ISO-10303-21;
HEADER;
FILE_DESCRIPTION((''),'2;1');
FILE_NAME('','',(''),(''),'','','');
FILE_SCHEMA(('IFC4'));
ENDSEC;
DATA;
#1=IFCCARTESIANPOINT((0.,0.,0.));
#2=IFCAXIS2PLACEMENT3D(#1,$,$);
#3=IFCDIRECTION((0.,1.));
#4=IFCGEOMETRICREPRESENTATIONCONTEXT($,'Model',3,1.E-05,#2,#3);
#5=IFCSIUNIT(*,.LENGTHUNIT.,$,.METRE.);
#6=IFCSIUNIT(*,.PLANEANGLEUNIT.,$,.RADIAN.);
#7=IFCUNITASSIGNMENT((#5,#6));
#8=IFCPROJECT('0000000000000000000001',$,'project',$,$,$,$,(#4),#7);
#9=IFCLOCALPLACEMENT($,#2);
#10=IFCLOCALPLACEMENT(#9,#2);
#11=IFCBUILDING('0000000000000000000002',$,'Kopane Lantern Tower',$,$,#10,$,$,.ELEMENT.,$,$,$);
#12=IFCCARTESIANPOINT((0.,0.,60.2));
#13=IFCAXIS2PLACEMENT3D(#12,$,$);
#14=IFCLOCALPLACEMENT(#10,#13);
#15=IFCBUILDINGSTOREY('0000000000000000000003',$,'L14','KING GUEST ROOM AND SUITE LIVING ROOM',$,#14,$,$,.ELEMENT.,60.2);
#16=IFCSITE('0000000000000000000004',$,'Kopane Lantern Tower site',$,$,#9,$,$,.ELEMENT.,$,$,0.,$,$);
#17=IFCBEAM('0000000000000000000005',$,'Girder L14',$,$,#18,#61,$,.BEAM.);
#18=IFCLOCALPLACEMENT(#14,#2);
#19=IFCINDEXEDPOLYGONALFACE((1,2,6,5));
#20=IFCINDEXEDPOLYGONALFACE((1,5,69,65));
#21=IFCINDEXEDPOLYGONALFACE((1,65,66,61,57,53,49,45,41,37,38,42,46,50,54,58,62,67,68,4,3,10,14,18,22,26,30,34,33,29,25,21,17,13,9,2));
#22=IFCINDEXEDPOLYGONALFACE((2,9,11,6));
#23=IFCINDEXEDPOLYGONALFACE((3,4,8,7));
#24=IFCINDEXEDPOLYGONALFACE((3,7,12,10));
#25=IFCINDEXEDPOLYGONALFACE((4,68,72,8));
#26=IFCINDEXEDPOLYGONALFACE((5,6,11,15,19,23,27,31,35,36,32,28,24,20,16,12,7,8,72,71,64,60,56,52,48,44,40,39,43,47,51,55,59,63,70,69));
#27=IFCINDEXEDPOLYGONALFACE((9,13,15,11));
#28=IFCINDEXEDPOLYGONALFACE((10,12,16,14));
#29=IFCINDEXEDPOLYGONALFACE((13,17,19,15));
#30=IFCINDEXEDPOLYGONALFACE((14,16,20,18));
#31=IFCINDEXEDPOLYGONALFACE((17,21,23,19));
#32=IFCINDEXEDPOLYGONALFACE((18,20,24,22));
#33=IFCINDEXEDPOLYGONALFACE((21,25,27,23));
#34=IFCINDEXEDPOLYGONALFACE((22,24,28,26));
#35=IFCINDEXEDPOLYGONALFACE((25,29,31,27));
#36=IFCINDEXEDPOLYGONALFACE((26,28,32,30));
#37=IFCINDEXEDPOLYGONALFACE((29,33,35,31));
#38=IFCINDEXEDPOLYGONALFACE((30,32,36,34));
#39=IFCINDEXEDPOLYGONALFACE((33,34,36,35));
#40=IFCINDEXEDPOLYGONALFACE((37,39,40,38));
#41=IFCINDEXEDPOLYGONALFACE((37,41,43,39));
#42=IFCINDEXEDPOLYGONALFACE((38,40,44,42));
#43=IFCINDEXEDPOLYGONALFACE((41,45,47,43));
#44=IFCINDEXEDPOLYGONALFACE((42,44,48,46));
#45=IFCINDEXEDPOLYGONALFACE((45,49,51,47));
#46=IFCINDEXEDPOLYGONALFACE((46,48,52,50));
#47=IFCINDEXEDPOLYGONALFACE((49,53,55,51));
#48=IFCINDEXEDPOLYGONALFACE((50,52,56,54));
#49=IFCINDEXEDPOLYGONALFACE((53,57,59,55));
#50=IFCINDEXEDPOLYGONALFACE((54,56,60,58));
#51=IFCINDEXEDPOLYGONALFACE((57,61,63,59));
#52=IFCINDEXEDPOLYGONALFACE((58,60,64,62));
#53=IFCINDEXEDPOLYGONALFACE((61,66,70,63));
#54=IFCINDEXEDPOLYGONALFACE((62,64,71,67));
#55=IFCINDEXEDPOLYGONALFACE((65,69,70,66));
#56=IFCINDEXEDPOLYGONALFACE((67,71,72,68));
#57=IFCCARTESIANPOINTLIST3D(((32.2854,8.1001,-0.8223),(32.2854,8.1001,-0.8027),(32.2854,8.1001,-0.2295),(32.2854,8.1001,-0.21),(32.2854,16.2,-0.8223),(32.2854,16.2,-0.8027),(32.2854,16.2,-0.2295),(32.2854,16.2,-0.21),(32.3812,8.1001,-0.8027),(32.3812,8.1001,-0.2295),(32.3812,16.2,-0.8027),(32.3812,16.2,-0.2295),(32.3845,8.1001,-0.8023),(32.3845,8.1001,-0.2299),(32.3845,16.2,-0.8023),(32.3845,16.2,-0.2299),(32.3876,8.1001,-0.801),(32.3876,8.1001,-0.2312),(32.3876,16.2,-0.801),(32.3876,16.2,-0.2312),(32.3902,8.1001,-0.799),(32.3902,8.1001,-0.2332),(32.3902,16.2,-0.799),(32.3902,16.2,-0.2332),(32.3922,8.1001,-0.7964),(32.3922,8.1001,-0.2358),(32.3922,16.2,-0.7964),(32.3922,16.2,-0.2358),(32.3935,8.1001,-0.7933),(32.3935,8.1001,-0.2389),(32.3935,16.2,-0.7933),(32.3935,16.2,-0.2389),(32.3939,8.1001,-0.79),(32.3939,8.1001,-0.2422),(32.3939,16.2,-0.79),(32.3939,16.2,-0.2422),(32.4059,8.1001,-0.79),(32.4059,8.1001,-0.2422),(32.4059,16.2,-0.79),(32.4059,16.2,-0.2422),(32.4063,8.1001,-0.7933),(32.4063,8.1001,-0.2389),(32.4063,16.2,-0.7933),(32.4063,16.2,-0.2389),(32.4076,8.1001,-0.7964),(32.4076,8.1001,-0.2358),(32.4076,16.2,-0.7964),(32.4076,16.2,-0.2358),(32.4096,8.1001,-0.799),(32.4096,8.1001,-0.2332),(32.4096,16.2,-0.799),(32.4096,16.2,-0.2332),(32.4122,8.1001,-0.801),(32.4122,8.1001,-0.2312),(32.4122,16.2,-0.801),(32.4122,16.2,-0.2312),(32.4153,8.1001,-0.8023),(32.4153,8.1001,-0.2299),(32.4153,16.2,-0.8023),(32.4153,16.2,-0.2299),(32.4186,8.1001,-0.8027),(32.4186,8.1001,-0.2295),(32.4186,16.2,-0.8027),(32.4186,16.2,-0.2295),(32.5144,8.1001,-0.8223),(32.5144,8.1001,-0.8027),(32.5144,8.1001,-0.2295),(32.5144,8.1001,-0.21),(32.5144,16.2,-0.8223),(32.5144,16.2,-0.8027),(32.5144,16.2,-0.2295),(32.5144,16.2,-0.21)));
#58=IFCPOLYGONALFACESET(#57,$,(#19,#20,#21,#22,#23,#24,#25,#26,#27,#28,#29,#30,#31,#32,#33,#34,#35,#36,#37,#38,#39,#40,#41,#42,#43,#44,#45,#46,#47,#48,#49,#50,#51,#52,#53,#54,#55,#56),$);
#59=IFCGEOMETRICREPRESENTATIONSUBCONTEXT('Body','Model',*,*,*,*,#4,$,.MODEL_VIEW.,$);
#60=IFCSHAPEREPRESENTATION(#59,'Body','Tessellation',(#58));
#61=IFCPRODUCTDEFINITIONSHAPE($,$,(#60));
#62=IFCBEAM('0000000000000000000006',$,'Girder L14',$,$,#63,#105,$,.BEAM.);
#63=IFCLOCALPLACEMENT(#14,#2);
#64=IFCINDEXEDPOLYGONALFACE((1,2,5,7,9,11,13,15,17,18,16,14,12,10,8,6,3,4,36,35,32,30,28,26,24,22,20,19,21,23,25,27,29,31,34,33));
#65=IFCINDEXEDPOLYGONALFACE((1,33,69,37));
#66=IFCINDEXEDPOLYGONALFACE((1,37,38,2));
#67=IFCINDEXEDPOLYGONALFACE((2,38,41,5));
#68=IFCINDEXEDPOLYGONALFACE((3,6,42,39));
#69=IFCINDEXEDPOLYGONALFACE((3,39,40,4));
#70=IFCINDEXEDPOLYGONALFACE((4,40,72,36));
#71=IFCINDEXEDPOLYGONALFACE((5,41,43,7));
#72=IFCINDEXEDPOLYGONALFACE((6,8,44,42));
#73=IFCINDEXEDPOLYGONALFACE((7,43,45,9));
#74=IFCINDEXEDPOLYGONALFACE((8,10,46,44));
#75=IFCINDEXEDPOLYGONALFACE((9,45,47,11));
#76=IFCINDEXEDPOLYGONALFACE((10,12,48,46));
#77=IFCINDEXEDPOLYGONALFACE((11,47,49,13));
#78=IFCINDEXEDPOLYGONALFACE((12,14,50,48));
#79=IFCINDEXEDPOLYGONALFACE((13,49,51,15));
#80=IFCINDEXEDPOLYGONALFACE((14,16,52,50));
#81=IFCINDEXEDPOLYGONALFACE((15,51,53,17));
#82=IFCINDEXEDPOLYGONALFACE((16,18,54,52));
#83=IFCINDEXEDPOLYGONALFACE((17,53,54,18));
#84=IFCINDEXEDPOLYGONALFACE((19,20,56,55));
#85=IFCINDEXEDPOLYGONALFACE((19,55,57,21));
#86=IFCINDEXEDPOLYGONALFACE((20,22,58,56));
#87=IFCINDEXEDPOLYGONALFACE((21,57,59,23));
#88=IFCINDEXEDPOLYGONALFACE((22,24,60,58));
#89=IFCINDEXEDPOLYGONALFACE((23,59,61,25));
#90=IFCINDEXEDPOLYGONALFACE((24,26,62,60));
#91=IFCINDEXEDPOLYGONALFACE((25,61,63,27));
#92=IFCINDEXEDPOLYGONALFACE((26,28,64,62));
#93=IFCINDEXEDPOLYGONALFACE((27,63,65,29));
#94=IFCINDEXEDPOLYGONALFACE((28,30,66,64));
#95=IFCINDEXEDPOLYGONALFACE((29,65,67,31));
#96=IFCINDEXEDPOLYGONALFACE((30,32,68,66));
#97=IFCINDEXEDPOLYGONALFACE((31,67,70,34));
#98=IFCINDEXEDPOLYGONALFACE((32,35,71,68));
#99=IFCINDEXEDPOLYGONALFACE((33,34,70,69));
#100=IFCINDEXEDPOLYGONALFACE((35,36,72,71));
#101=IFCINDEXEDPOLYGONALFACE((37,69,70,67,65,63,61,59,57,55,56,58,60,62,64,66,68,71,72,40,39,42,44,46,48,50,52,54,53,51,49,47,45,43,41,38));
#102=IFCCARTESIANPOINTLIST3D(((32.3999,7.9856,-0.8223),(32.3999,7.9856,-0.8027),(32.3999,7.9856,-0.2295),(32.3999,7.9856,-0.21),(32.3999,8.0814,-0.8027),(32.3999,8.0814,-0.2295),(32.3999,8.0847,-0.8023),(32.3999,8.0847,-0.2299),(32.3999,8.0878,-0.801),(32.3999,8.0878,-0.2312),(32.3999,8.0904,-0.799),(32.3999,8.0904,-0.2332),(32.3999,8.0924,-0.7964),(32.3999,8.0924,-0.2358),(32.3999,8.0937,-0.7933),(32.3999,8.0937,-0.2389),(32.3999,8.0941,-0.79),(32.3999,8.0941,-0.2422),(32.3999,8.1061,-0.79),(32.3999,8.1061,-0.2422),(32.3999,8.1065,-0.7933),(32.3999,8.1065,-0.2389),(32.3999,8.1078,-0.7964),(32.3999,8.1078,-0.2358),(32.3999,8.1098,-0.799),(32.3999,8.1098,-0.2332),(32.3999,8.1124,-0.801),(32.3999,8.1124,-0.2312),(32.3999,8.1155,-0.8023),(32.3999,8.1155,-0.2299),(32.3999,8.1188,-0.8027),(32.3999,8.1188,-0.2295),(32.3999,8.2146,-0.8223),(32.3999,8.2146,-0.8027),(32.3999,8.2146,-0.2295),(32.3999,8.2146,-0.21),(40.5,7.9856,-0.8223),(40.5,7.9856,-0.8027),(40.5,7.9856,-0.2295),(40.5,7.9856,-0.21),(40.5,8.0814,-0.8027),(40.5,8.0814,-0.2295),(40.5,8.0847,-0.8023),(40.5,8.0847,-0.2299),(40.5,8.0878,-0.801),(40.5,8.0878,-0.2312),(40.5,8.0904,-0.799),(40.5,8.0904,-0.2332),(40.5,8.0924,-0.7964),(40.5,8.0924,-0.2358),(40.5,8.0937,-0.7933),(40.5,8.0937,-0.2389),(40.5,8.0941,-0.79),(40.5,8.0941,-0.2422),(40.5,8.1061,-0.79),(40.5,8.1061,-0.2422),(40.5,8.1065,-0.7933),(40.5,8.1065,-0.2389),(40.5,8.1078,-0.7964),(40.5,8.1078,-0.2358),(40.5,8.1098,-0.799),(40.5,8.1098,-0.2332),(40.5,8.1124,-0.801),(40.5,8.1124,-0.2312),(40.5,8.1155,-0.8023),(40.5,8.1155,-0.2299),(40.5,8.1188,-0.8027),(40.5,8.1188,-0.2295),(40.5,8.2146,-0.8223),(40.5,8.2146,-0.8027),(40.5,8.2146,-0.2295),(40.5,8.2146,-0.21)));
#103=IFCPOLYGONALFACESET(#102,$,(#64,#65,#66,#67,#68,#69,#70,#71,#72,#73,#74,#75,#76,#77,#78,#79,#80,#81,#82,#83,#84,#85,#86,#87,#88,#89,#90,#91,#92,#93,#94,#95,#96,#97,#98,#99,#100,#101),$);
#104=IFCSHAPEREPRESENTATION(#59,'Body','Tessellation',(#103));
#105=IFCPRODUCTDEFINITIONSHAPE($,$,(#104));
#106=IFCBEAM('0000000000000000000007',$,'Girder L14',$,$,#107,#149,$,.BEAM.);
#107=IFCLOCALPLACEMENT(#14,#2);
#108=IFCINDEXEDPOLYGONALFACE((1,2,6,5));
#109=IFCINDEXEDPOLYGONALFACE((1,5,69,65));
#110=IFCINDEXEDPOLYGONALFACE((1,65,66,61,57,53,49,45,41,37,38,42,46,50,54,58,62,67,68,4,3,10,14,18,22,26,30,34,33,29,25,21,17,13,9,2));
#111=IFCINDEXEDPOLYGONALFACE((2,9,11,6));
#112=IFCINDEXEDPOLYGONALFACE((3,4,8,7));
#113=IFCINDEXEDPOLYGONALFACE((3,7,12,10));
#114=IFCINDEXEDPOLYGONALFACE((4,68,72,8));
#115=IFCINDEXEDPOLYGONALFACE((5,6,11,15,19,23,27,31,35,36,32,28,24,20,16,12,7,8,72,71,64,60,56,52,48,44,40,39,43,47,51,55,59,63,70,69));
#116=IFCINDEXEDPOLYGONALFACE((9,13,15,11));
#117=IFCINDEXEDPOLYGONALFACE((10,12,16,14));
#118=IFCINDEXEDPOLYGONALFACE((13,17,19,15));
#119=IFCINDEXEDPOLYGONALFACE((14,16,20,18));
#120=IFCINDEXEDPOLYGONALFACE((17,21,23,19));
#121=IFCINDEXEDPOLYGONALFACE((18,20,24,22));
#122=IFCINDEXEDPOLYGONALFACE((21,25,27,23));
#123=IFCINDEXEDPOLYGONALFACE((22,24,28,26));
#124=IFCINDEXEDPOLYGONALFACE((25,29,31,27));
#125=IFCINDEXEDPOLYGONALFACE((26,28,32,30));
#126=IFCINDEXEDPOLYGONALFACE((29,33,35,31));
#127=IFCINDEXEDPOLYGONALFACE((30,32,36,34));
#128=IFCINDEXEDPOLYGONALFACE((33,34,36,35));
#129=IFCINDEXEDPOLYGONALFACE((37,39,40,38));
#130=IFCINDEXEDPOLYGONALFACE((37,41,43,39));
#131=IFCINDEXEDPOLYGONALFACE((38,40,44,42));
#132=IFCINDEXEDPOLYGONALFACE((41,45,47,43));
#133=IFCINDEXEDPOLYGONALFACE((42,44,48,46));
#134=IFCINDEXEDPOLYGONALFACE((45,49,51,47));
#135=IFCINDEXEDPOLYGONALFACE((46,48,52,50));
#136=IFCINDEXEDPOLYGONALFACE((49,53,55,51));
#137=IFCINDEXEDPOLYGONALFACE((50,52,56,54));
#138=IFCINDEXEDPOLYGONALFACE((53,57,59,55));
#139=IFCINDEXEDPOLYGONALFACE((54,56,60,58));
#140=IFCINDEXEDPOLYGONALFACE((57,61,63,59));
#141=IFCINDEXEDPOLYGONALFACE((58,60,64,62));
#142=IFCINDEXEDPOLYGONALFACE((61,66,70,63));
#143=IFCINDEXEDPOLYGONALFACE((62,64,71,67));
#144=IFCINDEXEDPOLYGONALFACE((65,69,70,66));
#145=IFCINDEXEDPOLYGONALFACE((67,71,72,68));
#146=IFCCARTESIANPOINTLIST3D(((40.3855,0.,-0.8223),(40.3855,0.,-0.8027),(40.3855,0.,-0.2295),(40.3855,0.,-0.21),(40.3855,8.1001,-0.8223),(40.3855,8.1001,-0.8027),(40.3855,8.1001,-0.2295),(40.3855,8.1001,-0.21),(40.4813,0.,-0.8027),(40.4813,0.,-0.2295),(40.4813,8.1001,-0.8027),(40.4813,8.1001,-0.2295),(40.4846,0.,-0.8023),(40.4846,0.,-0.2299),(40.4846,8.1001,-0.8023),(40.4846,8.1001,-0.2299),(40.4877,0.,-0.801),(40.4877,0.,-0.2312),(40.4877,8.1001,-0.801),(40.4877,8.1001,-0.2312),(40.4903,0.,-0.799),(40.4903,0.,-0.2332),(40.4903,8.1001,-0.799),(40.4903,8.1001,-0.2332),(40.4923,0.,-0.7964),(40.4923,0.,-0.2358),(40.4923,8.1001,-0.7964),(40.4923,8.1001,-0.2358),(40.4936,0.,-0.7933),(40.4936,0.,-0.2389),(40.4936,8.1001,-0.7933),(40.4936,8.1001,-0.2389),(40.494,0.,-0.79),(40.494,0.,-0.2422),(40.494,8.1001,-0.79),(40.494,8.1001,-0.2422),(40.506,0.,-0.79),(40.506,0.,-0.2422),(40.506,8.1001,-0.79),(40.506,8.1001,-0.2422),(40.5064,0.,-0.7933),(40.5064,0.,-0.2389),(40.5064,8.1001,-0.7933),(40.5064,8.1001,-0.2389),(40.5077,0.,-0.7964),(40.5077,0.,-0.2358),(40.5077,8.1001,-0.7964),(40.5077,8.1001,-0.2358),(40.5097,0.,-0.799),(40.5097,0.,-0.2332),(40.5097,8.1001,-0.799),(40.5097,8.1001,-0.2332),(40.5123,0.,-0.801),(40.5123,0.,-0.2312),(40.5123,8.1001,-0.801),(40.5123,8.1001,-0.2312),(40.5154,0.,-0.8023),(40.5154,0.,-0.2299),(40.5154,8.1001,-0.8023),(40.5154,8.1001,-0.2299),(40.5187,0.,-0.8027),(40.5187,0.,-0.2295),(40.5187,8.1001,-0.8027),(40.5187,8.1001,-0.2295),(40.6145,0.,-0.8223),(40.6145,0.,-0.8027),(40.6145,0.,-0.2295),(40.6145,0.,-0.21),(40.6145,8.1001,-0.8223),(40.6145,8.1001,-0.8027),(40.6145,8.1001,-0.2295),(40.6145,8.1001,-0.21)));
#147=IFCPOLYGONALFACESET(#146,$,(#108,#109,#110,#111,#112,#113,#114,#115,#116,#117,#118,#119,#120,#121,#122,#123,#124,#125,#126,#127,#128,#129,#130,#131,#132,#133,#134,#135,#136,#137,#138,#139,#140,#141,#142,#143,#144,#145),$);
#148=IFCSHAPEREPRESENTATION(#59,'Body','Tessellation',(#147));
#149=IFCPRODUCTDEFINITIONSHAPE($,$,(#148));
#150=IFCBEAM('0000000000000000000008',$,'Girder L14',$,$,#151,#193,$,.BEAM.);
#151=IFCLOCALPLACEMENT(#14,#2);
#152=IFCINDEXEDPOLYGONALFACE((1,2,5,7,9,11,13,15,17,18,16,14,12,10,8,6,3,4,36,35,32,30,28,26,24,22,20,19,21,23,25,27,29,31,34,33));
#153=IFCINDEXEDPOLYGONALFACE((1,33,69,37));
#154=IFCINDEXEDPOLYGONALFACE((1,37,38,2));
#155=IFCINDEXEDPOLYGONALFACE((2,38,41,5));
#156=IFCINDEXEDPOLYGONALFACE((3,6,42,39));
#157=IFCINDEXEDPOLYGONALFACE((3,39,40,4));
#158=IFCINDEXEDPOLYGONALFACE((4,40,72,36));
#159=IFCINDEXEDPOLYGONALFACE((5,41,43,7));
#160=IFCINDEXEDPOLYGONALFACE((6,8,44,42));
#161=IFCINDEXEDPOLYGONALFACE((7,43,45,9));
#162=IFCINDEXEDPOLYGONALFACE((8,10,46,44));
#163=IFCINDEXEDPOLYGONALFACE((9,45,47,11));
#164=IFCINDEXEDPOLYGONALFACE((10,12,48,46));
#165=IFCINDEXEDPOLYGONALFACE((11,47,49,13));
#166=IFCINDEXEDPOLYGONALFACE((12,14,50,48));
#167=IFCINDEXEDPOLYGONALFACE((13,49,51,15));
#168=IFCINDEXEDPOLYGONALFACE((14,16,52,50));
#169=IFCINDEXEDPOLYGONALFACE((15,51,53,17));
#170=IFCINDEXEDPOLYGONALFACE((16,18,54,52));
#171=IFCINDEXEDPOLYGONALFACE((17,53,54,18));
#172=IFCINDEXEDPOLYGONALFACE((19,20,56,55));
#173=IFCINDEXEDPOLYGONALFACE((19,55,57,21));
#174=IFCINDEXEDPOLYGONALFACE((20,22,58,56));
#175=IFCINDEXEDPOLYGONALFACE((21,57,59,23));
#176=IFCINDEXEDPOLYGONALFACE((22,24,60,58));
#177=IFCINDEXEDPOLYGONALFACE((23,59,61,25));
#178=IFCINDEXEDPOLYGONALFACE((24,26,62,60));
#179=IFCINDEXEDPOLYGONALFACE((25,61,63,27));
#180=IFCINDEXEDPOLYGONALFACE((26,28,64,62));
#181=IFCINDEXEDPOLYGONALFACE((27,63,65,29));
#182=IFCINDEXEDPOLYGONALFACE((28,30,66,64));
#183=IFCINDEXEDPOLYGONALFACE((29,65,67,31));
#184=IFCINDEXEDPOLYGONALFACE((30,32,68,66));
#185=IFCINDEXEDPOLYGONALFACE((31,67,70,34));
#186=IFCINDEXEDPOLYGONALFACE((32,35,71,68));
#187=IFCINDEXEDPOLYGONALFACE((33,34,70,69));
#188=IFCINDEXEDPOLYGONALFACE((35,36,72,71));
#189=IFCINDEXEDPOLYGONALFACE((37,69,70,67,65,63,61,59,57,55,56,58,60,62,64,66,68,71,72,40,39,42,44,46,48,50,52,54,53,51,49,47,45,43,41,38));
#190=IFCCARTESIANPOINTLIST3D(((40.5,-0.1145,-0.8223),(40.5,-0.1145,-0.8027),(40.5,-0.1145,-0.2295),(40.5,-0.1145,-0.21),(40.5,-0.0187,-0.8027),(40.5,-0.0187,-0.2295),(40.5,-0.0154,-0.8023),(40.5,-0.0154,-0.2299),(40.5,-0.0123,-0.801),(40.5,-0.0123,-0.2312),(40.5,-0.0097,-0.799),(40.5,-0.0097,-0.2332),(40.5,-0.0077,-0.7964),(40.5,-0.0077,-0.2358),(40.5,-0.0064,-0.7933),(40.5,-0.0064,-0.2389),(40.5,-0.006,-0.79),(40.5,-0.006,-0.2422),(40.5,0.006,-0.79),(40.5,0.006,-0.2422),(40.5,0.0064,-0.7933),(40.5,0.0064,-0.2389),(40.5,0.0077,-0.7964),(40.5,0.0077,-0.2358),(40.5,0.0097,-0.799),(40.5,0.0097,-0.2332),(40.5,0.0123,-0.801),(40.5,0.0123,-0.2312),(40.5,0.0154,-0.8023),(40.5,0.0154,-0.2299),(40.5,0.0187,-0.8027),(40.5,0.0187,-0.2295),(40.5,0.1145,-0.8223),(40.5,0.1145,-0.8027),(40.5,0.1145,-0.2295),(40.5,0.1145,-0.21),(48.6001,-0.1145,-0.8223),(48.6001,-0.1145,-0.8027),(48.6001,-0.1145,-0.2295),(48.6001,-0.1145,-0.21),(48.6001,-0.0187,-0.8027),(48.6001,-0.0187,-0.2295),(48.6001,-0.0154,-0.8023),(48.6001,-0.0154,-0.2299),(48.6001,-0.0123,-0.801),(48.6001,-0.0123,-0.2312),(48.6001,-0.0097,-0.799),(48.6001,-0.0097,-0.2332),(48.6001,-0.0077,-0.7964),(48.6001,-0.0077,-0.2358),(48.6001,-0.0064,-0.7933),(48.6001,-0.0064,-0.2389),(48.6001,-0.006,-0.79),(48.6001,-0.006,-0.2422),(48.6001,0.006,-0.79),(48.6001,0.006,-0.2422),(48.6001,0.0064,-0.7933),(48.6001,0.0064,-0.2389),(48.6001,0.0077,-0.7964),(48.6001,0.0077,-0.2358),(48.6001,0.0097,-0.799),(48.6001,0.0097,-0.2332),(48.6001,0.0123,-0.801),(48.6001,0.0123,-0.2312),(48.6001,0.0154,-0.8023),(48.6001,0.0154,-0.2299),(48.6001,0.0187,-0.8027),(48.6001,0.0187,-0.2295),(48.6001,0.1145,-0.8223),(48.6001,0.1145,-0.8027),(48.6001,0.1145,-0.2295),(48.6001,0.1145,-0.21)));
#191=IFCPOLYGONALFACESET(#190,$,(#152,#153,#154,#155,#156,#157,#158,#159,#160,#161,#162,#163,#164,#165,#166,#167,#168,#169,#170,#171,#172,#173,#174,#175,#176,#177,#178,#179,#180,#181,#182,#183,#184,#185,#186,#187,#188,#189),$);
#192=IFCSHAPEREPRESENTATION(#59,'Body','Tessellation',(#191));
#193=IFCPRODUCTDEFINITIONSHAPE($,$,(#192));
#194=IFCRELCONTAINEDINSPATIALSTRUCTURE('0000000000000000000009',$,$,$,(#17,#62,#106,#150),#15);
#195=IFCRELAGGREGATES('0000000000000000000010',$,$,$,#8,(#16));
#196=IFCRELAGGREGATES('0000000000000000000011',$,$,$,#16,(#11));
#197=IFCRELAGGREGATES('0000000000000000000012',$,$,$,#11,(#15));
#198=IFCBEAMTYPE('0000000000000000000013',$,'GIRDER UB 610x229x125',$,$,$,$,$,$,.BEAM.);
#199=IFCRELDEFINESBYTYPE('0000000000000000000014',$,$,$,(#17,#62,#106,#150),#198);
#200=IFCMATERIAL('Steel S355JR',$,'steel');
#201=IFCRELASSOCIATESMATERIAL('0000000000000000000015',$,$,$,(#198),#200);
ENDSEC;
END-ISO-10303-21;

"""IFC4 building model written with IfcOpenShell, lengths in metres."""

from ifc_helpers import new_model, si_unit, direction, frame, origin, origin_2d, place, context, subcontext, project, spatial, i_section, extrude, material, material_profile, profile_set, type_object, element, save


model = new_model("IFC4")

# Units and contexts
model_context = context("Model", 3, precision=1e-05, world=origin(), true_north=direction((0.0, 1.0)))
body_context = subcontext(model_context, "Body", "Model", "MODEL_VIEW")
ifc_project = project(units=[si_unit("LENGTHUNIT", "METRE"), si_unit("PLANEANGLEUNIT", "RADIAN")], contexts=[model_context])

# Site, building, storey
site_placement = place(None, origin())
site = spatial("IfcSite", under=ifc_project, at=site_placement, Name="Kopane Lantern Tower site", CompositionType="ELEMENT", RefElevation=0.0)
building_placement = place(site_placement, origin())
building = spatial("IfcBuilding", under=site, at=building_placement, Name="Kopane Lantern Tower", CompositionType="ELEMENT")
storey_placement = place(building_placement, frame((0.0, 0.0, 60.2)))
storey = spatial("IfcBuildingStorey", under=building, at=storey_placement, Name="L14", Description="KING GUEST ROOM AND SUITE LIVING ROOM", CompositionType="ELEMENT", Elevation=60.2)

# Beams
ifc_material_1 = material(Name="Steel S355JR", Category="steel")
ifc_material_profile_1 = material_profile(ifc_material_1, i_section(OverallWidth=0.229, OverallDepth=0.6123, WebThickness=0.012, FlangeThickness=0.0195, FilletRadius=0.0127, at=origin_2d()), Name="UB 610x229x125")
ifc_profile_set_1 = profile_set([ifc_material_profile_1], Name="Steel S355JR")
beam_type = type_object("IfcBeamType", Name="GIRDER UB 610x229x125", PredefinedType="BEAM", material=ifc_profile_set_1)
beam_1_placement = place(storey_placement, frame((32.3999, 8.1001, -0.5161), z_axis=(0.0, 1.0, 0.0), x_axis=(-1.0, 0.0, 0.0)))
element("IfcBeam", 1, at=beam_1_placement, inside=storey, type_object=beam_type, Name="Girder L14", PredefinedType="BEAM", context=body_context, shape_type="SweptSolid", body=[
    extrude(i_section(OverallWidth=0.229, OverallDepth=0.6123, WebThickness=0.012, FlangeThickness=0.0195, FilletRadius=0.0127, at=origin_2d()), origin(), (0.0, 0.0, 1.0), 8.0999),
])
for number, where, z_axis, x_axis, name in (
    (2, (32.3999, 8.1001, -0.5161), (1.0, 0.0, 0.0), (0.0, 1.0, 0.0), "Girder L14"),
    (3, (40.5, 0.0, -0.5161), (0.0, 1.0, 0.0), (-1.0, 0.0, 0.0), "Girder L14"),
    (4, (40.5, 0.0, -0.5161), (1.0, 0.0, 0.0), (0.0, 1.0, 0.0), "Girder L14"),
):
    element("IfcBeam", number, at=place(storey_placement, frame(where, z_axis=z_axis, x_axis=x_axis)), inside=storey, type_object=beam_type, Name=name, PredefinedType="BEAM", context=body_context, shape_type="SweptSolid", body=[
        extrude(i_section(OverallWidth=0.229, OverallDepth=0.6123, WebThickness=0.012, FlangeThickness=0.0195, FilletRadius=0.0127, at=origin_2d()), origin(), (0.0, 0.0, 1.0), 8.1001),
    ])

save(model, "model.ifc")
